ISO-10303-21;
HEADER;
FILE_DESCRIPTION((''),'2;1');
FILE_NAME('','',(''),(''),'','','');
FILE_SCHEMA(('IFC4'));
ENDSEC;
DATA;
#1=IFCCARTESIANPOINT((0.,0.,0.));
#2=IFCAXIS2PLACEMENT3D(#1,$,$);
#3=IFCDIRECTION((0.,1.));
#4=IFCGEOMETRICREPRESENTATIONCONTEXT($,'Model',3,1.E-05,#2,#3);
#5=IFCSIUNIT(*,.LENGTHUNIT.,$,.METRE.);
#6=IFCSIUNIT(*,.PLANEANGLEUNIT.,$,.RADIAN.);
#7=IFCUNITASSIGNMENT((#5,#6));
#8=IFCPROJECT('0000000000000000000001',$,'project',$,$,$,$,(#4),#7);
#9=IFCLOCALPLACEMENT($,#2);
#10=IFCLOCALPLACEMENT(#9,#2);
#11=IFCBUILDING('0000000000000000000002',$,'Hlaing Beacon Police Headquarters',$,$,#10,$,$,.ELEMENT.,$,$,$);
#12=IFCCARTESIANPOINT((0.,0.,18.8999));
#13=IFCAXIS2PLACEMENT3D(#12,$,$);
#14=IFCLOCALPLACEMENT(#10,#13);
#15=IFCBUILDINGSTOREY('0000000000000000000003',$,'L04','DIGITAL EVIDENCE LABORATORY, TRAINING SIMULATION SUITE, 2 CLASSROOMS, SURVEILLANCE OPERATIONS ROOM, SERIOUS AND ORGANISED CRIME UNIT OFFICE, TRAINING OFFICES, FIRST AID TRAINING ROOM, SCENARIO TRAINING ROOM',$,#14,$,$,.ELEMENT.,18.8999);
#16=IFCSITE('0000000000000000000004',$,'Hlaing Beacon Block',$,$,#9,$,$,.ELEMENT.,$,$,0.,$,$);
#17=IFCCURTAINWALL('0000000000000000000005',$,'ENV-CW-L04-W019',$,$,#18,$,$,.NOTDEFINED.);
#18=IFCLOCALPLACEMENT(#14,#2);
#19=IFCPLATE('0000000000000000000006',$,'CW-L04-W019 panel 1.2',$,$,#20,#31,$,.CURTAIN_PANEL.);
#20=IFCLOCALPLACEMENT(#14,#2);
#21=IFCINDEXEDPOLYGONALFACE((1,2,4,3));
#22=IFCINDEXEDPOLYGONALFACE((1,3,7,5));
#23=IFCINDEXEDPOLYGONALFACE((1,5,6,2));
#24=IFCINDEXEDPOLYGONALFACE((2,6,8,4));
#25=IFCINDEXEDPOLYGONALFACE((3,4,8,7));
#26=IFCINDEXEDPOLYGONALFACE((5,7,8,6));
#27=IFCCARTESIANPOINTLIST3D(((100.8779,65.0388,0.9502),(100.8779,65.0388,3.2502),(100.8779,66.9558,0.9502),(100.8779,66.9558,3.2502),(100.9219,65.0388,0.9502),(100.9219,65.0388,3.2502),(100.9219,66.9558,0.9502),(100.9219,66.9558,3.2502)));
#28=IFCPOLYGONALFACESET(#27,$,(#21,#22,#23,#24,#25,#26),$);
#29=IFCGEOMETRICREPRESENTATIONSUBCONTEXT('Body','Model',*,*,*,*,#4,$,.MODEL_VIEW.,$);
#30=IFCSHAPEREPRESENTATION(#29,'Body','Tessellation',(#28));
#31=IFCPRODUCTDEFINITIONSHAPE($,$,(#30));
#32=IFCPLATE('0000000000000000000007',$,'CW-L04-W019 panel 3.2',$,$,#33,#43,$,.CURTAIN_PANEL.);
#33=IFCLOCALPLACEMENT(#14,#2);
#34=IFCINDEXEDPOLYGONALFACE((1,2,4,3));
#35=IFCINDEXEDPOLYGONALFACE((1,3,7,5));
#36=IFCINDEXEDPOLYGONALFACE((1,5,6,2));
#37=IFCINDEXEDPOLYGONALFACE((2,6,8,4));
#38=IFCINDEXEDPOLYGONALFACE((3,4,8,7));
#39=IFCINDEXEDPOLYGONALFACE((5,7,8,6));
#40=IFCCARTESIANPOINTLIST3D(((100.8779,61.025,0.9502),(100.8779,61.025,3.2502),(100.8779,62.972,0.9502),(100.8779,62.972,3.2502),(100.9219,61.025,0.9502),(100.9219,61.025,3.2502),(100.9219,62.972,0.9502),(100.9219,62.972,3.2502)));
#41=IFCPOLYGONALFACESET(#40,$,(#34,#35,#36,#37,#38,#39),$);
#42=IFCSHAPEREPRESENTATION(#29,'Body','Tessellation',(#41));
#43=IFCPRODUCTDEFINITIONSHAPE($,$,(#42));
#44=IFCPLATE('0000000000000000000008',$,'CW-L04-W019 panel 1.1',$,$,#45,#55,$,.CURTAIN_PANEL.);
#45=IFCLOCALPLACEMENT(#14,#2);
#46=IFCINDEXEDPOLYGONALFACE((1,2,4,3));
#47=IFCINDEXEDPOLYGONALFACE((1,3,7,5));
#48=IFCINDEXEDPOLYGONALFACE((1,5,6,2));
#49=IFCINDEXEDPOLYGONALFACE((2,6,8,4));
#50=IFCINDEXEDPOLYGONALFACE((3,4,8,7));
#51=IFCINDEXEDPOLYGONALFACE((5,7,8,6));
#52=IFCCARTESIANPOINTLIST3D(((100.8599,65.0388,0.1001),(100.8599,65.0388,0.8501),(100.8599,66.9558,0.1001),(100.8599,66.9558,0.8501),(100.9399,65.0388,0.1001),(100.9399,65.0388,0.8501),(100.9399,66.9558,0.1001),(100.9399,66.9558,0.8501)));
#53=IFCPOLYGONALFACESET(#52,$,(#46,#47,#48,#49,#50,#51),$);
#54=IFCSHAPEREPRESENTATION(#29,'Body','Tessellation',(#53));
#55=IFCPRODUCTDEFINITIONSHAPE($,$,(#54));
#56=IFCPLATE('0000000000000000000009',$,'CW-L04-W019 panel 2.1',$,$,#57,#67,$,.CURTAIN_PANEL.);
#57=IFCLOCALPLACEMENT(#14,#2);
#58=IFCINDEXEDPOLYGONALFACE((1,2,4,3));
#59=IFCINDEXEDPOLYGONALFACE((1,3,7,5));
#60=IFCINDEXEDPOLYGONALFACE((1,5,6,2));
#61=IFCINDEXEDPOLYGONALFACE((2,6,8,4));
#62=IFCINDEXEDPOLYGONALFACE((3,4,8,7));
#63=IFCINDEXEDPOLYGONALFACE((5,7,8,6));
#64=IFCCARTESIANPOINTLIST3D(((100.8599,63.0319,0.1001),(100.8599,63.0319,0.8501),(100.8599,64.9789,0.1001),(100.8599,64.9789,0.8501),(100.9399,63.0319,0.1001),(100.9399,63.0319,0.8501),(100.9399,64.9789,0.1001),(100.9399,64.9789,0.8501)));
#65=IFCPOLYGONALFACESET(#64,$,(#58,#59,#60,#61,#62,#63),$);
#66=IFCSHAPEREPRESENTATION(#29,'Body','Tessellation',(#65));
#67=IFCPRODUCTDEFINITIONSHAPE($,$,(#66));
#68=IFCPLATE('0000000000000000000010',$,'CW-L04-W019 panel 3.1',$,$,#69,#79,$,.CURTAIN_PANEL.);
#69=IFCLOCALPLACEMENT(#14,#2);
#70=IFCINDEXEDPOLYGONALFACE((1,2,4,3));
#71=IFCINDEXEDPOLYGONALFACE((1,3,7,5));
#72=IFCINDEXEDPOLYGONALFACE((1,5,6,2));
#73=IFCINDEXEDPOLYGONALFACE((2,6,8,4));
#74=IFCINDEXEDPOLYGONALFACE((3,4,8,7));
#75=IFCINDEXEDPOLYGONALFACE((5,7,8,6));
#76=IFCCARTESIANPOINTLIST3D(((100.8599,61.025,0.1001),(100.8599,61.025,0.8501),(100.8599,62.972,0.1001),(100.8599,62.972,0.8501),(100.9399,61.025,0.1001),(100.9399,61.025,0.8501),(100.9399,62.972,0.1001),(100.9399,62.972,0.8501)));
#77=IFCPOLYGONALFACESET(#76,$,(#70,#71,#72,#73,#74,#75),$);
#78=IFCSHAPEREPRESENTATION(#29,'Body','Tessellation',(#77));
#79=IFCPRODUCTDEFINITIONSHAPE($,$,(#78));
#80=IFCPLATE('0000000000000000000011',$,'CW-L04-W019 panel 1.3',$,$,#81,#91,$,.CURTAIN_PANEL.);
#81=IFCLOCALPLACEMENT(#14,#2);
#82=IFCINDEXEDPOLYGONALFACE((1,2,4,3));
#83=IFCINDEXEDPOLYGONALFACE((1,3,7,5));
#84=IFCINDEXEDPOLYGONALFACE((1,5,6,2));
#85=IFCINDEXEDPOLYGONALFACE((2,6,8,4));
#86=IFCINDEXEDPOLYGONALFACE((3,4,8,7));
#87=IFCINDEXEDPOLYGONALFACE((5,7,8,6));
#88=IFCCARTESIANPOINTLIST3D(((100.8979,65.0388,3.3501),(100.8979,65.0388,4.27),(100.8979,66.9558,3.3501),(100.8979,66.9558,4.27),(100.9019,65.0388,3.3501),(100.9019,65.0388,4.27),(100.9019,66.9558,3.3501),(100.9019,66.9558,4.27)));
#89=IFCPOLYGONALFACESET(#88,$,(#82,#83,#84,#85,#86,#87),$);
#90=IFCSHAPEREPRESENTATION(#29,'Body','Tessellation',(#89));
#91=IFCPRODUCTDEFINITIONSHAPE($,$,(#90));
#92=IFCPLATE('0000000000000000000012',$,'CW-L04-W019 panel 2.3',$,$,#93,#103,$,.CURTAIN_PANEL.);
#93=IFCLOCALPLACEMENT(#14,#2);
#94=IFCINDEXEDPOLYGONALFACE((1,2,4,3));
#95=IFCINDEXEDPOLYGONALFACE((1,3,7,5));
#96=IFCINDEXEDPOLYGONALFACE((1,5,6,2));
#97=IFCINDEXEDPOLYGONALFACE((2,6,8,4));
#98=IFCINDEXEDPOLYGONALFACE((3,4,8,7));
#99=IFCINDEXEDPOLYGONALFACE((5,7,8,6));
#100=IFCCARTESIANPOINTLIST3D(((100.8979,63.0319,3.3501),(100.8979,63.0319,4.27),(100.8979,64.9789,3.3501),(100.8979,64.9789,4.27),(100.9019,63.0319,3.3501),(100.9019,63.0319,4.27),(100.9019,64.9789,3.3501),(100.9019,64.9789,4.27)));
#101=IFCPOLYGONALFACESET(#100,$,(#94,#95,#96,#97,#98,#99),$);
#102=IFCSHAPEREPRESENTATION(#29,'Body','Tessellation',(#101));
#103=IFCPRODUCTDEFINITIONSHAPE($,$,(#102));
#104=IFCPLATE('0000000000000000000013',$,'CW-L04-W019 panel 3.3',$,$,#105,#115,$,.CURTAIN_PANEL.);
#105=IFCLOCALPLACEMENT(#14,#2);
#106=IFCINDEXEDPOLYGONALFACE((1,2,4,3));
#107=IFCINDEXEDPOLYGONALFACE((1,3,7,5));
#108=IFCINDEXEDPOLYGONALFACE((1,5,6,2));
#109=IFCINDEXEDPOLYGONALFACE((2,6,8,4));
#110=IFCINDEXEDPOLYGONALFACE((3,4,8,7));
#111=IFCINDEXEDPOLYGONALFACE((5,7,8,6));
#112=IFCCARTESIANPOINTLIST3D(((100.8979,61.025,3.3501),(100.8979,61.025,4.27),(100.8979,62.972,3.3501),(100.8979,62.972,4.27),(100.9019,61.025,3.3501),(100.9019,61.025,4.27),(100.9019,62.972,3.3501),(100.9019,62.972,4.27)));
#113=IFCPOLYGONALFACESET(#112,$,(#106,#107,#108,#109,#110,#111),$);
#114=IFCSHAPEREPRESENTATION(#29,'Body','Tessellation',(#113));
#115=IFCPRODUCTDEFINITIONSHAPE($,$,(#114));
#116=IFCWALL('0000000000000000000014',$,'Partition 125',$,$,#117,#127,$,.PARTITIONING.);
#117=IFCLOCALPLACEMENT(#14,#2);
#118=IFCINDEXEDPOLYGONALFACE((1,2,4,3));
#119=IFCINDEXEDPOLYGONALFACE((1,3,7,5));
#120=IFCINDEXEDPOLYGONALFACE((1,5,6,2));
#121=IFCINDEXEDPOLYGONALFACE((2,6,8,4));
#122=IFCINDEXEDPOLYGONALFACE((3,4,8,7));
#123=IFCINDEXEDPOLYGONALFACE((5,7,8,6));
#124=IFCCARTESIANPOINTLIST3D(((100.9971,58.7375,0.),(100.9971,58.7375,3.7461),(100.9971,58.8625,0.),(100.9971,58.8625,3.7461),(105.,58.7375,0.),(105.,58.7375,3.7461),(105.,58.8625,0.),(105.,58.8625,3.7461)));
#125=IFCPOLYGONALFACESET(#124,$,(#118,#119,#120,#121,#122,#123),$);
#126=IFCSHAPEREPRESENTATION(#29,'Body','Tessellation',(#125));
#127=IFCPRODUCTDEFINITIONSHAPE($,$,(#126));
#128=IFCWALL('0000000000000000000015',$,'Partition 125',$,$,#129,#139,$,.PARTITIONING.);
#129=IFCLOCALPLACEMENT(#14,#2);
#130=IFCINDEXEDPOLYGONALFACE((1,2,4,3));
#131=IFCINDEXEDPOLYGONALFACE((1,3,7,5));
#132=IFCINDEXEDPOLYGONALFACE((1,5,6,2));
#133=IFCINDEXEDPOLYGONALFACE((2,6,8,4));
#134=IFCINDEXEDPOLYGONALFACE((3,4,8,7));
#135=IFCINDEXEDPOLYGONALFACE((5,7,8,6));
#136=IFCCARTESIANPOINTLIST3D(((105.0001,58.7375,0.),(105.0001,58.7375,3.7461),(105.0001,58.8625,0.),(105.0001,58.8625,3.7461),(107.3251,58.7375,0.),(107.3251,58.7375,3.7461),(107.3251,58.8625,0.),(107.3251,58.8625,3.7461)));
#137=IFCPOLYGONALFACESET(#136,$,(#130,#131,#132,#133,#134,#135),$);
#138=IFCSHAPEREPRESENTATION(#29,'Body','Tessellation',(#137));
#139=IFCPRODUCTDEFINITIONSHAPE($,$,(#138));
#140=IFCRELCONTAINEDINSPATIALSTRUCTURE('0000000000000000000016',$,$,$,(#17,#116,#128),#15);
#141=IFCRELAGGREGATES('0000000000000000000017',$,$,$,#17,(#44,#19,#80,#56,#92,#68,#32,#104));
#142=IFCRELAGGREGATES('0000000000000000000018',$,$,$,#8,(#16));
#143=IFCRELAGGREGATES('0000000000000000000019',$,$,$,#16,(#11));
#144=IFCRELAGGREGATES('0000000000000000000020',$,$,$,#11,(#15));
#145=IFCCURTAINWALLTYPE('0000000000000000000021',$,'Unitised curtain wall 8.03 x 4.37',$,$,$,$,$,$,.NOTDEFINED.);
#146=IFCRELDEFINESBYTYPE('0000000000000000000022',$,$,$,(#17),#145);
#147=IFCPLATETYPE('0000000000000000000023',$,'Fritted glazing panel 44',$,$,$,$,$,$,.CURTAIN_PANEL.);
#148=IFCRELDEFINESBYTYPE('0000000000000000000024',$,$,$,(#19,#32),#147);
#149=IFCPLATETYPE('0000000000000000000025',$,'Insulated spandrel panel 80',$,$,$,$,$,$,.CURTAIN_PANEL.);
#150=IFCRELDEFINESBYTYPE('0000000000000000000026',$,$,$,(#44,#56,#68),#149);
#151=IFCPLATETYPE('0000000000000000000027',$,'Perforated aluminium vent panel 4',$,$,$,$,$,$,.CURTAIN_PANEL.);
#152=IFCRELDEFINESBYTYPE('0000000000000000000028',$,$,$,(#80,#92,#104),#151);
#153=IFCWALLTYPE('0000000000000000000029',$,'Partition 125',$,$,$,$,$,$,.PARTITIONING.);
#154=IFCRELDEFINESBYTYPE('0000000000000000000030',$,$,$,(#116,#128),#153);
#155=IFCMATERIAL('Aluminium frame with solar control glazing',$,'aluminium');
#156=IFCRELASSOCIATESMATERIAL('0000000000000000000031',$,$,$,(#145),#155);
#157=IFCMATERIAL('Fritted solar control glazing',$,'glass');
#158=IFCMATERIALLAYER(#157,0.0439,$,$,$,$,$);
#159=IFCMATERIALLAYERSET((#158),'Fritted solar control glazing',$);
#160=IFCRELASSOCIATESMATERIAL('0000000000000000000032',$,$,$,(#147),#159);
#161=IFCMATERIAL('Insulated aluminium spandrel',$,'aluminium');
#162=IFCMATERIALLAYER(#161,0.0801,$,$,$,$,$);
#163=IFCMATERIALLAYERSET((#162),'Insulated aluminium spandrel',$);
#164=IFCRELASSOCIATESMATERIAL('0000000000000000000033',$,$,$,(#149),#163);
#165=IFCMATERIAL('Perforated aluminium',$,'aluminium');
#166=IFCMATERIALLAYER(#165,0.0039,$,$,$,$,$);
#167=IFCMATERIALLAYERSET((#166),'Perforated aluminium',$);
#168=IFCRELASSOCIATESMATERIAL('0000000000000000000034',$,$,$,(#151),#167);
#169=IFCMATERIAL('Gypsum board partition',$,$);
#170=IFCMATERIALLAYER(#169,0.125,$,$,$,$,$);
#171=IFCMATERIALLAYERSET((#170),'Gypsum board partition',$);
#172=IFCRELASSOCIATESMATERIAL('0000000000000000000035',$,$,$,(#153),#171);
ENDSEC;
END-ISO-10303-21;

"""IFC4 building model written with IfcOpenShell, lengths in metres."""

from ifc_helpers import new_model, si_unit, direction, frame, frame_2d, origin, origin_2d, place, context, subcontext, project, spatial, rectangle, extrude, material, layer, layer_set, type_object, element, aggregate, save


model = new_model("IFC4")

# Units and contexts
model_context = context("Model", 3, precision=1e-05, world=origin(), true_north=direction((0.0, 1.0)))
body_context = subcontext(model_context, "Body", "Model", "MODEL_VIEW")
ifc_project = project(units=[si_unit("LENGTHUNIT", "METRE"), si_unit("PLANEANGLEUNIT", "RADIAN")], contexts=[model_context])

# Site, building, storey
site_placement = place(None, origin())
site = spatial("IfcSite", under=ifc_project, at=site_placement, Name="Hlaing Beacon Block", CompositionType="ELEMENT", RefElevation=0.0)
building_placement = place(site_placement, origin())
building = spatial("IfcBuilding", under=site, at=building_placement, Name="Hlaing Beacon Police Headquarters", CompositionType="ELEMENT")
storey_placement = place(building_placement, frame((0.0, 0.0, 18.8999)))
storey = spatial("IfcBuildingStorey", under=building, at=storey_placement, Name="L04", Description="DIGITAL EVIDENCE LABORATORY, TRAINING SIMULATION SUITE, 2 CLASSROOMS, SURVEILLANCE OPERATIONS ROOM, SERIOUS AND ORGANISED CRIME UNIT OFFICE, TRAINING OFFICES, FIRST AID TRAINING ROOM, SCENARIO TRAINING ROOM", CompositionType="ELEMENT", Elevation=18.8999)

# Curtain wall
ifc_material_1 = material(Name="Aluminium frame with solar control glazing", Category="aluminium")
curtain_wall_type = type_object("IfcCurtainWallType", Name="Unitised curtain wall 8.03 x 4.37", PredefinedType="NOTDEFINED", material=ifc_material_1)
curtain_wall_placement = place(storey_placement, origin())
curtain_wall = element("IfcCurtainWall", 1, at=curtain_wall_placement, inside=storey, type_object=curtain_wall_type, Name="ENV-CW-L04-W019", PredefinedType="NOTDEFINED")

# Plates
ifc_material_2 = material(Name="Fritted solar control glazing", Category="glass")
ifc_layer_1 = layer(ifc_material_2, 0.0439)
ifc_layer_set_1 = layer_set([ifc_layer_1], Name="Fritted solar control glazing")
plate_type_1 = type_object("IfcPlateType", Name="Fritted glazing panel 44", PredefinedType="CURTAIN_PANEL", material=ifc_layer_set_1)
plate_1_placement = place(storey_placement, frame((100.8999, 65.9973, 0.9502), z_axis=(0.0, 0.0, 1.0), x_axis=(0.0, -1.0, 0.0)))
plate_1 = element("IfcPlate", 2, at=plate_1_placement, type_object=plate_type_1, Name="CW-L04-W019 panel 1.2", PredefinedType="CURTAIN_PANEL", context=body_context, shape_type="SweptSolid", body=[
    extrude(rectangle(XDim=1.917, YDim=0.0439, at=origin_2d()), origin(), (0.0, 0.0, 1.0), 2.3),
])
plate_2_placement = place(storey_placement, frame((100.8999, 61.9985, 0.9502), z_axis=(0.0, 0.0, 1.0), x_axis=(0.0, -1.0, 0.0)))
plate_2 = element("IfcPlate", 3, at=plate_2_placement, type_object=plate_type_1, Name="CW-L04-W019 panel 3.2", PredefinedType="CURTAIN_PANEL", context=body_context, shape_type="SweptSolid", body=[
    extrude(rectangle(XDim=1.947, YDim=0.0439, at=origin_2d()), origin(), (0.0, 0.0, 1.0), 2.3),
])
ifc_material_3 = material(Name="Insulated aluminium spandrel", Category="aluminium")
ifc_layer_2 = layer(ifc_material_3, 0.0801)
ifc_layer_set_2 = layer_set([ifc_layer_2], Name="Insulated aluminium spandrel")
plate_type_2 = type_object("IfcPlateType", Name="Insulated spandrel panel 80", PredefinedType="CURTAIN_PANEL", material=ifc_layer_set_2)
plate_3_placement = place(storey_placement, frame((100.8999, 65.9973, 0.1001), z_axis=(0.0, 0.0, 1.0), x_axis=(0.0, -1.0, 0.0)))
plate_3 = element("IfcPlate", 4, at=plate_3_placement, type_object=plate_type_2, Name="CW-L04-W019 panel 1.1", PredefinedType="CURTAIN_PANEL", context=body_context, shape_type="SweptSolid", body=[
    extrude(rectangle(XDim=1.917, YDim=0.0801, at=origin_2d()), origin(), (0.0, 0.0, 1.0), 0.75),
])
plate_4_placement = place(storey_placement, frame((100.8999, 64.0054, 0.1001), z_axis=(0.0, 0.0, 1.0), x_axis=(0.0, -1.0, 0.0)))
plate_4 = element("IfcPlate", 5, at=plate_4_placement, type_object=plate_type_2, Name="CW-L04-W019 panel 2.1", PredefinedType="CURTAIN_PANEL", context=body_context, shape_type="SweptSolid", body=[
    extrude(rectangle(XDim=1.947, YDim=0.0801, at=origin_2d()), origin(), (0.0, 0.0, 1.0), 0.75),
])
plate_5_placement = place(storey_placement, frame((100.8999, 61.9985, 0.1001), z_axis=(0.0, 0.0, 1.0), x_axis=(0.0, -1.0, 0.0)))
plate_5 = element("IfcPlate", 6, at=plate_5_placement, type_object=plate_type_2, Name="CW-L04-W019 panel 3.1", PredefinedType="CURTAIN_PANEL", context=body_context, shape_type="SweptSolid", body=[
    extrude(rectangle(XDim=1.947, YDim=0.0801, at=origin_2d()), origin(), (0.0, 0.0, 1.0), 0.75),
])
ifc_material_4 = material(Name="Perforated aluminium", Category="aluminium")
ifc_layer_3 = layer(ifc_material_4, 0.0039)
ifc_layer_set_3 = layer_set([ifc_layer_3], Name="Perforated aluminium")
plate_type_3 = type_object("IfcPlateType", Name="Perforated aluminium vent panel 4", PredefinedType="CURTAIN_PANEL", material=ifc_layer_set_3)
plate_6_placement = place(storey_placement, frame((100.8999, 65.9973, 3.3501), z_axis=(0.0, 0.0, 1.0), x_axis=(0.0, -1.0, 0.0)))
plate_6 = element("IfcPlate", 7, at=plate_6_placement, type_object=plate_type_3, Name="CW-L04-W019 panel 1.3", PredefinedType="CURTAIN_PANEL", context=body_context, shape_type="SweptSolid", body=[
    extrude(rectangle(XDim=1.917, YDim=0.0039, at=origin_2d()), origin(), (0.0, 0.0, 1.0), 0.9199),
])
plate_7_placement = place(storey_placement, frame((100.8999, 64.0054, 3.3501), z_axis=(0.0, 0.0, 1.0), x_axis=(0.0, -1.0, 0.0)))
plate_7 = element("IfcPlate", 8, at=plate_7_placement, type_object=plate_type_3, Name="CW-L04-W019 panel 2.3", PredefinedType="CURTAIN_PANEL", context=body_context, shape_type="SweptSolid", body=[
    extrude(rectangle(XDim=1.947, YDim=0.0039, at=origin_2d()), origin(), (0.0, 0.0, 1.0), 0.9199),
])
plate_8_placement = place(storey_placement, frame((100.8999, 61.9985, 3.3501), z_axis=(0.0, 0.0, 1.0), x_axis=(0.0, -1.0, 0.0)))
plate_8 = element("IfcPlate", 9, at=plate_8_placement, type_object=plate_type_3, Name="CW-L04-W019 panel 3.3", PredefinedType="CURTAIN_PANEL", context=body_context, shape_type="SweptSolid", body=[
    extrude(rectangle(XDim=1.947, YDim=0.0039, at=origin_2d()), origin(), (0.0, 0.0, 1.0), 0.9199),
])
aggregate(curtain_wall, [plate_3, plate_1, plate_6, plate_4, plate_7, plate_5, plate_2, plate_8])

# Walls
ifc_material_5 = material(Name="Gypsum board partition")
ifc_layer_4 = layer(ifc_material_5, 0.125)
ifc_layer_set_4 = layer_set([ifc_layer_4], Name="Gypsum board partition")
wall_type = type_object("IfcWallType", Name="Partition 125", PredefinedType="PARTITIONING", material=ifc_layer_set_4)
wall_1_placement = place(storey_placement, frame((100.9971, 58.8, 0.0), z_axis=(0.0, 0.0, 1.0), x_axis=(1.0, 0.0, 0.0)))
element("IfcWall", 10, at=wall_1_placement, inside=storey, type_object=wall_type, Name="Partition 125", PredefinedType="PARTITIONING", context=body_context, shape_type="SweptSolid", body=[
    extrude(rectangle(XDim=4.0029, YDim=0.125, at=frame_2d((2.0015, 0.0))), origin(), (0.0, 0.0, 1.0), 3.7461),
])
wall_2_placement = place(storey_placement, frame((105.0, 58.8, 0.0), z_axis=(0.0, 0.0, 1.0), x_axis=(1.0, 0.0, 0.0)))
element("IfcWall", 11, at=wall_2_placement, inside=storey, type_object=wall_type, Name="Partition 125", PredefinedType="PARTITIONING", context=body_context, shape_type="SweptSolid", body=[
    extrude(rectangle(XDim=2.325, YDim=0.125, at=frame_2d((1.1626, 0.0))), origin(), (0.0, 0.0, 1.0), 3.7461),
])

save(model, "model.ifc")
